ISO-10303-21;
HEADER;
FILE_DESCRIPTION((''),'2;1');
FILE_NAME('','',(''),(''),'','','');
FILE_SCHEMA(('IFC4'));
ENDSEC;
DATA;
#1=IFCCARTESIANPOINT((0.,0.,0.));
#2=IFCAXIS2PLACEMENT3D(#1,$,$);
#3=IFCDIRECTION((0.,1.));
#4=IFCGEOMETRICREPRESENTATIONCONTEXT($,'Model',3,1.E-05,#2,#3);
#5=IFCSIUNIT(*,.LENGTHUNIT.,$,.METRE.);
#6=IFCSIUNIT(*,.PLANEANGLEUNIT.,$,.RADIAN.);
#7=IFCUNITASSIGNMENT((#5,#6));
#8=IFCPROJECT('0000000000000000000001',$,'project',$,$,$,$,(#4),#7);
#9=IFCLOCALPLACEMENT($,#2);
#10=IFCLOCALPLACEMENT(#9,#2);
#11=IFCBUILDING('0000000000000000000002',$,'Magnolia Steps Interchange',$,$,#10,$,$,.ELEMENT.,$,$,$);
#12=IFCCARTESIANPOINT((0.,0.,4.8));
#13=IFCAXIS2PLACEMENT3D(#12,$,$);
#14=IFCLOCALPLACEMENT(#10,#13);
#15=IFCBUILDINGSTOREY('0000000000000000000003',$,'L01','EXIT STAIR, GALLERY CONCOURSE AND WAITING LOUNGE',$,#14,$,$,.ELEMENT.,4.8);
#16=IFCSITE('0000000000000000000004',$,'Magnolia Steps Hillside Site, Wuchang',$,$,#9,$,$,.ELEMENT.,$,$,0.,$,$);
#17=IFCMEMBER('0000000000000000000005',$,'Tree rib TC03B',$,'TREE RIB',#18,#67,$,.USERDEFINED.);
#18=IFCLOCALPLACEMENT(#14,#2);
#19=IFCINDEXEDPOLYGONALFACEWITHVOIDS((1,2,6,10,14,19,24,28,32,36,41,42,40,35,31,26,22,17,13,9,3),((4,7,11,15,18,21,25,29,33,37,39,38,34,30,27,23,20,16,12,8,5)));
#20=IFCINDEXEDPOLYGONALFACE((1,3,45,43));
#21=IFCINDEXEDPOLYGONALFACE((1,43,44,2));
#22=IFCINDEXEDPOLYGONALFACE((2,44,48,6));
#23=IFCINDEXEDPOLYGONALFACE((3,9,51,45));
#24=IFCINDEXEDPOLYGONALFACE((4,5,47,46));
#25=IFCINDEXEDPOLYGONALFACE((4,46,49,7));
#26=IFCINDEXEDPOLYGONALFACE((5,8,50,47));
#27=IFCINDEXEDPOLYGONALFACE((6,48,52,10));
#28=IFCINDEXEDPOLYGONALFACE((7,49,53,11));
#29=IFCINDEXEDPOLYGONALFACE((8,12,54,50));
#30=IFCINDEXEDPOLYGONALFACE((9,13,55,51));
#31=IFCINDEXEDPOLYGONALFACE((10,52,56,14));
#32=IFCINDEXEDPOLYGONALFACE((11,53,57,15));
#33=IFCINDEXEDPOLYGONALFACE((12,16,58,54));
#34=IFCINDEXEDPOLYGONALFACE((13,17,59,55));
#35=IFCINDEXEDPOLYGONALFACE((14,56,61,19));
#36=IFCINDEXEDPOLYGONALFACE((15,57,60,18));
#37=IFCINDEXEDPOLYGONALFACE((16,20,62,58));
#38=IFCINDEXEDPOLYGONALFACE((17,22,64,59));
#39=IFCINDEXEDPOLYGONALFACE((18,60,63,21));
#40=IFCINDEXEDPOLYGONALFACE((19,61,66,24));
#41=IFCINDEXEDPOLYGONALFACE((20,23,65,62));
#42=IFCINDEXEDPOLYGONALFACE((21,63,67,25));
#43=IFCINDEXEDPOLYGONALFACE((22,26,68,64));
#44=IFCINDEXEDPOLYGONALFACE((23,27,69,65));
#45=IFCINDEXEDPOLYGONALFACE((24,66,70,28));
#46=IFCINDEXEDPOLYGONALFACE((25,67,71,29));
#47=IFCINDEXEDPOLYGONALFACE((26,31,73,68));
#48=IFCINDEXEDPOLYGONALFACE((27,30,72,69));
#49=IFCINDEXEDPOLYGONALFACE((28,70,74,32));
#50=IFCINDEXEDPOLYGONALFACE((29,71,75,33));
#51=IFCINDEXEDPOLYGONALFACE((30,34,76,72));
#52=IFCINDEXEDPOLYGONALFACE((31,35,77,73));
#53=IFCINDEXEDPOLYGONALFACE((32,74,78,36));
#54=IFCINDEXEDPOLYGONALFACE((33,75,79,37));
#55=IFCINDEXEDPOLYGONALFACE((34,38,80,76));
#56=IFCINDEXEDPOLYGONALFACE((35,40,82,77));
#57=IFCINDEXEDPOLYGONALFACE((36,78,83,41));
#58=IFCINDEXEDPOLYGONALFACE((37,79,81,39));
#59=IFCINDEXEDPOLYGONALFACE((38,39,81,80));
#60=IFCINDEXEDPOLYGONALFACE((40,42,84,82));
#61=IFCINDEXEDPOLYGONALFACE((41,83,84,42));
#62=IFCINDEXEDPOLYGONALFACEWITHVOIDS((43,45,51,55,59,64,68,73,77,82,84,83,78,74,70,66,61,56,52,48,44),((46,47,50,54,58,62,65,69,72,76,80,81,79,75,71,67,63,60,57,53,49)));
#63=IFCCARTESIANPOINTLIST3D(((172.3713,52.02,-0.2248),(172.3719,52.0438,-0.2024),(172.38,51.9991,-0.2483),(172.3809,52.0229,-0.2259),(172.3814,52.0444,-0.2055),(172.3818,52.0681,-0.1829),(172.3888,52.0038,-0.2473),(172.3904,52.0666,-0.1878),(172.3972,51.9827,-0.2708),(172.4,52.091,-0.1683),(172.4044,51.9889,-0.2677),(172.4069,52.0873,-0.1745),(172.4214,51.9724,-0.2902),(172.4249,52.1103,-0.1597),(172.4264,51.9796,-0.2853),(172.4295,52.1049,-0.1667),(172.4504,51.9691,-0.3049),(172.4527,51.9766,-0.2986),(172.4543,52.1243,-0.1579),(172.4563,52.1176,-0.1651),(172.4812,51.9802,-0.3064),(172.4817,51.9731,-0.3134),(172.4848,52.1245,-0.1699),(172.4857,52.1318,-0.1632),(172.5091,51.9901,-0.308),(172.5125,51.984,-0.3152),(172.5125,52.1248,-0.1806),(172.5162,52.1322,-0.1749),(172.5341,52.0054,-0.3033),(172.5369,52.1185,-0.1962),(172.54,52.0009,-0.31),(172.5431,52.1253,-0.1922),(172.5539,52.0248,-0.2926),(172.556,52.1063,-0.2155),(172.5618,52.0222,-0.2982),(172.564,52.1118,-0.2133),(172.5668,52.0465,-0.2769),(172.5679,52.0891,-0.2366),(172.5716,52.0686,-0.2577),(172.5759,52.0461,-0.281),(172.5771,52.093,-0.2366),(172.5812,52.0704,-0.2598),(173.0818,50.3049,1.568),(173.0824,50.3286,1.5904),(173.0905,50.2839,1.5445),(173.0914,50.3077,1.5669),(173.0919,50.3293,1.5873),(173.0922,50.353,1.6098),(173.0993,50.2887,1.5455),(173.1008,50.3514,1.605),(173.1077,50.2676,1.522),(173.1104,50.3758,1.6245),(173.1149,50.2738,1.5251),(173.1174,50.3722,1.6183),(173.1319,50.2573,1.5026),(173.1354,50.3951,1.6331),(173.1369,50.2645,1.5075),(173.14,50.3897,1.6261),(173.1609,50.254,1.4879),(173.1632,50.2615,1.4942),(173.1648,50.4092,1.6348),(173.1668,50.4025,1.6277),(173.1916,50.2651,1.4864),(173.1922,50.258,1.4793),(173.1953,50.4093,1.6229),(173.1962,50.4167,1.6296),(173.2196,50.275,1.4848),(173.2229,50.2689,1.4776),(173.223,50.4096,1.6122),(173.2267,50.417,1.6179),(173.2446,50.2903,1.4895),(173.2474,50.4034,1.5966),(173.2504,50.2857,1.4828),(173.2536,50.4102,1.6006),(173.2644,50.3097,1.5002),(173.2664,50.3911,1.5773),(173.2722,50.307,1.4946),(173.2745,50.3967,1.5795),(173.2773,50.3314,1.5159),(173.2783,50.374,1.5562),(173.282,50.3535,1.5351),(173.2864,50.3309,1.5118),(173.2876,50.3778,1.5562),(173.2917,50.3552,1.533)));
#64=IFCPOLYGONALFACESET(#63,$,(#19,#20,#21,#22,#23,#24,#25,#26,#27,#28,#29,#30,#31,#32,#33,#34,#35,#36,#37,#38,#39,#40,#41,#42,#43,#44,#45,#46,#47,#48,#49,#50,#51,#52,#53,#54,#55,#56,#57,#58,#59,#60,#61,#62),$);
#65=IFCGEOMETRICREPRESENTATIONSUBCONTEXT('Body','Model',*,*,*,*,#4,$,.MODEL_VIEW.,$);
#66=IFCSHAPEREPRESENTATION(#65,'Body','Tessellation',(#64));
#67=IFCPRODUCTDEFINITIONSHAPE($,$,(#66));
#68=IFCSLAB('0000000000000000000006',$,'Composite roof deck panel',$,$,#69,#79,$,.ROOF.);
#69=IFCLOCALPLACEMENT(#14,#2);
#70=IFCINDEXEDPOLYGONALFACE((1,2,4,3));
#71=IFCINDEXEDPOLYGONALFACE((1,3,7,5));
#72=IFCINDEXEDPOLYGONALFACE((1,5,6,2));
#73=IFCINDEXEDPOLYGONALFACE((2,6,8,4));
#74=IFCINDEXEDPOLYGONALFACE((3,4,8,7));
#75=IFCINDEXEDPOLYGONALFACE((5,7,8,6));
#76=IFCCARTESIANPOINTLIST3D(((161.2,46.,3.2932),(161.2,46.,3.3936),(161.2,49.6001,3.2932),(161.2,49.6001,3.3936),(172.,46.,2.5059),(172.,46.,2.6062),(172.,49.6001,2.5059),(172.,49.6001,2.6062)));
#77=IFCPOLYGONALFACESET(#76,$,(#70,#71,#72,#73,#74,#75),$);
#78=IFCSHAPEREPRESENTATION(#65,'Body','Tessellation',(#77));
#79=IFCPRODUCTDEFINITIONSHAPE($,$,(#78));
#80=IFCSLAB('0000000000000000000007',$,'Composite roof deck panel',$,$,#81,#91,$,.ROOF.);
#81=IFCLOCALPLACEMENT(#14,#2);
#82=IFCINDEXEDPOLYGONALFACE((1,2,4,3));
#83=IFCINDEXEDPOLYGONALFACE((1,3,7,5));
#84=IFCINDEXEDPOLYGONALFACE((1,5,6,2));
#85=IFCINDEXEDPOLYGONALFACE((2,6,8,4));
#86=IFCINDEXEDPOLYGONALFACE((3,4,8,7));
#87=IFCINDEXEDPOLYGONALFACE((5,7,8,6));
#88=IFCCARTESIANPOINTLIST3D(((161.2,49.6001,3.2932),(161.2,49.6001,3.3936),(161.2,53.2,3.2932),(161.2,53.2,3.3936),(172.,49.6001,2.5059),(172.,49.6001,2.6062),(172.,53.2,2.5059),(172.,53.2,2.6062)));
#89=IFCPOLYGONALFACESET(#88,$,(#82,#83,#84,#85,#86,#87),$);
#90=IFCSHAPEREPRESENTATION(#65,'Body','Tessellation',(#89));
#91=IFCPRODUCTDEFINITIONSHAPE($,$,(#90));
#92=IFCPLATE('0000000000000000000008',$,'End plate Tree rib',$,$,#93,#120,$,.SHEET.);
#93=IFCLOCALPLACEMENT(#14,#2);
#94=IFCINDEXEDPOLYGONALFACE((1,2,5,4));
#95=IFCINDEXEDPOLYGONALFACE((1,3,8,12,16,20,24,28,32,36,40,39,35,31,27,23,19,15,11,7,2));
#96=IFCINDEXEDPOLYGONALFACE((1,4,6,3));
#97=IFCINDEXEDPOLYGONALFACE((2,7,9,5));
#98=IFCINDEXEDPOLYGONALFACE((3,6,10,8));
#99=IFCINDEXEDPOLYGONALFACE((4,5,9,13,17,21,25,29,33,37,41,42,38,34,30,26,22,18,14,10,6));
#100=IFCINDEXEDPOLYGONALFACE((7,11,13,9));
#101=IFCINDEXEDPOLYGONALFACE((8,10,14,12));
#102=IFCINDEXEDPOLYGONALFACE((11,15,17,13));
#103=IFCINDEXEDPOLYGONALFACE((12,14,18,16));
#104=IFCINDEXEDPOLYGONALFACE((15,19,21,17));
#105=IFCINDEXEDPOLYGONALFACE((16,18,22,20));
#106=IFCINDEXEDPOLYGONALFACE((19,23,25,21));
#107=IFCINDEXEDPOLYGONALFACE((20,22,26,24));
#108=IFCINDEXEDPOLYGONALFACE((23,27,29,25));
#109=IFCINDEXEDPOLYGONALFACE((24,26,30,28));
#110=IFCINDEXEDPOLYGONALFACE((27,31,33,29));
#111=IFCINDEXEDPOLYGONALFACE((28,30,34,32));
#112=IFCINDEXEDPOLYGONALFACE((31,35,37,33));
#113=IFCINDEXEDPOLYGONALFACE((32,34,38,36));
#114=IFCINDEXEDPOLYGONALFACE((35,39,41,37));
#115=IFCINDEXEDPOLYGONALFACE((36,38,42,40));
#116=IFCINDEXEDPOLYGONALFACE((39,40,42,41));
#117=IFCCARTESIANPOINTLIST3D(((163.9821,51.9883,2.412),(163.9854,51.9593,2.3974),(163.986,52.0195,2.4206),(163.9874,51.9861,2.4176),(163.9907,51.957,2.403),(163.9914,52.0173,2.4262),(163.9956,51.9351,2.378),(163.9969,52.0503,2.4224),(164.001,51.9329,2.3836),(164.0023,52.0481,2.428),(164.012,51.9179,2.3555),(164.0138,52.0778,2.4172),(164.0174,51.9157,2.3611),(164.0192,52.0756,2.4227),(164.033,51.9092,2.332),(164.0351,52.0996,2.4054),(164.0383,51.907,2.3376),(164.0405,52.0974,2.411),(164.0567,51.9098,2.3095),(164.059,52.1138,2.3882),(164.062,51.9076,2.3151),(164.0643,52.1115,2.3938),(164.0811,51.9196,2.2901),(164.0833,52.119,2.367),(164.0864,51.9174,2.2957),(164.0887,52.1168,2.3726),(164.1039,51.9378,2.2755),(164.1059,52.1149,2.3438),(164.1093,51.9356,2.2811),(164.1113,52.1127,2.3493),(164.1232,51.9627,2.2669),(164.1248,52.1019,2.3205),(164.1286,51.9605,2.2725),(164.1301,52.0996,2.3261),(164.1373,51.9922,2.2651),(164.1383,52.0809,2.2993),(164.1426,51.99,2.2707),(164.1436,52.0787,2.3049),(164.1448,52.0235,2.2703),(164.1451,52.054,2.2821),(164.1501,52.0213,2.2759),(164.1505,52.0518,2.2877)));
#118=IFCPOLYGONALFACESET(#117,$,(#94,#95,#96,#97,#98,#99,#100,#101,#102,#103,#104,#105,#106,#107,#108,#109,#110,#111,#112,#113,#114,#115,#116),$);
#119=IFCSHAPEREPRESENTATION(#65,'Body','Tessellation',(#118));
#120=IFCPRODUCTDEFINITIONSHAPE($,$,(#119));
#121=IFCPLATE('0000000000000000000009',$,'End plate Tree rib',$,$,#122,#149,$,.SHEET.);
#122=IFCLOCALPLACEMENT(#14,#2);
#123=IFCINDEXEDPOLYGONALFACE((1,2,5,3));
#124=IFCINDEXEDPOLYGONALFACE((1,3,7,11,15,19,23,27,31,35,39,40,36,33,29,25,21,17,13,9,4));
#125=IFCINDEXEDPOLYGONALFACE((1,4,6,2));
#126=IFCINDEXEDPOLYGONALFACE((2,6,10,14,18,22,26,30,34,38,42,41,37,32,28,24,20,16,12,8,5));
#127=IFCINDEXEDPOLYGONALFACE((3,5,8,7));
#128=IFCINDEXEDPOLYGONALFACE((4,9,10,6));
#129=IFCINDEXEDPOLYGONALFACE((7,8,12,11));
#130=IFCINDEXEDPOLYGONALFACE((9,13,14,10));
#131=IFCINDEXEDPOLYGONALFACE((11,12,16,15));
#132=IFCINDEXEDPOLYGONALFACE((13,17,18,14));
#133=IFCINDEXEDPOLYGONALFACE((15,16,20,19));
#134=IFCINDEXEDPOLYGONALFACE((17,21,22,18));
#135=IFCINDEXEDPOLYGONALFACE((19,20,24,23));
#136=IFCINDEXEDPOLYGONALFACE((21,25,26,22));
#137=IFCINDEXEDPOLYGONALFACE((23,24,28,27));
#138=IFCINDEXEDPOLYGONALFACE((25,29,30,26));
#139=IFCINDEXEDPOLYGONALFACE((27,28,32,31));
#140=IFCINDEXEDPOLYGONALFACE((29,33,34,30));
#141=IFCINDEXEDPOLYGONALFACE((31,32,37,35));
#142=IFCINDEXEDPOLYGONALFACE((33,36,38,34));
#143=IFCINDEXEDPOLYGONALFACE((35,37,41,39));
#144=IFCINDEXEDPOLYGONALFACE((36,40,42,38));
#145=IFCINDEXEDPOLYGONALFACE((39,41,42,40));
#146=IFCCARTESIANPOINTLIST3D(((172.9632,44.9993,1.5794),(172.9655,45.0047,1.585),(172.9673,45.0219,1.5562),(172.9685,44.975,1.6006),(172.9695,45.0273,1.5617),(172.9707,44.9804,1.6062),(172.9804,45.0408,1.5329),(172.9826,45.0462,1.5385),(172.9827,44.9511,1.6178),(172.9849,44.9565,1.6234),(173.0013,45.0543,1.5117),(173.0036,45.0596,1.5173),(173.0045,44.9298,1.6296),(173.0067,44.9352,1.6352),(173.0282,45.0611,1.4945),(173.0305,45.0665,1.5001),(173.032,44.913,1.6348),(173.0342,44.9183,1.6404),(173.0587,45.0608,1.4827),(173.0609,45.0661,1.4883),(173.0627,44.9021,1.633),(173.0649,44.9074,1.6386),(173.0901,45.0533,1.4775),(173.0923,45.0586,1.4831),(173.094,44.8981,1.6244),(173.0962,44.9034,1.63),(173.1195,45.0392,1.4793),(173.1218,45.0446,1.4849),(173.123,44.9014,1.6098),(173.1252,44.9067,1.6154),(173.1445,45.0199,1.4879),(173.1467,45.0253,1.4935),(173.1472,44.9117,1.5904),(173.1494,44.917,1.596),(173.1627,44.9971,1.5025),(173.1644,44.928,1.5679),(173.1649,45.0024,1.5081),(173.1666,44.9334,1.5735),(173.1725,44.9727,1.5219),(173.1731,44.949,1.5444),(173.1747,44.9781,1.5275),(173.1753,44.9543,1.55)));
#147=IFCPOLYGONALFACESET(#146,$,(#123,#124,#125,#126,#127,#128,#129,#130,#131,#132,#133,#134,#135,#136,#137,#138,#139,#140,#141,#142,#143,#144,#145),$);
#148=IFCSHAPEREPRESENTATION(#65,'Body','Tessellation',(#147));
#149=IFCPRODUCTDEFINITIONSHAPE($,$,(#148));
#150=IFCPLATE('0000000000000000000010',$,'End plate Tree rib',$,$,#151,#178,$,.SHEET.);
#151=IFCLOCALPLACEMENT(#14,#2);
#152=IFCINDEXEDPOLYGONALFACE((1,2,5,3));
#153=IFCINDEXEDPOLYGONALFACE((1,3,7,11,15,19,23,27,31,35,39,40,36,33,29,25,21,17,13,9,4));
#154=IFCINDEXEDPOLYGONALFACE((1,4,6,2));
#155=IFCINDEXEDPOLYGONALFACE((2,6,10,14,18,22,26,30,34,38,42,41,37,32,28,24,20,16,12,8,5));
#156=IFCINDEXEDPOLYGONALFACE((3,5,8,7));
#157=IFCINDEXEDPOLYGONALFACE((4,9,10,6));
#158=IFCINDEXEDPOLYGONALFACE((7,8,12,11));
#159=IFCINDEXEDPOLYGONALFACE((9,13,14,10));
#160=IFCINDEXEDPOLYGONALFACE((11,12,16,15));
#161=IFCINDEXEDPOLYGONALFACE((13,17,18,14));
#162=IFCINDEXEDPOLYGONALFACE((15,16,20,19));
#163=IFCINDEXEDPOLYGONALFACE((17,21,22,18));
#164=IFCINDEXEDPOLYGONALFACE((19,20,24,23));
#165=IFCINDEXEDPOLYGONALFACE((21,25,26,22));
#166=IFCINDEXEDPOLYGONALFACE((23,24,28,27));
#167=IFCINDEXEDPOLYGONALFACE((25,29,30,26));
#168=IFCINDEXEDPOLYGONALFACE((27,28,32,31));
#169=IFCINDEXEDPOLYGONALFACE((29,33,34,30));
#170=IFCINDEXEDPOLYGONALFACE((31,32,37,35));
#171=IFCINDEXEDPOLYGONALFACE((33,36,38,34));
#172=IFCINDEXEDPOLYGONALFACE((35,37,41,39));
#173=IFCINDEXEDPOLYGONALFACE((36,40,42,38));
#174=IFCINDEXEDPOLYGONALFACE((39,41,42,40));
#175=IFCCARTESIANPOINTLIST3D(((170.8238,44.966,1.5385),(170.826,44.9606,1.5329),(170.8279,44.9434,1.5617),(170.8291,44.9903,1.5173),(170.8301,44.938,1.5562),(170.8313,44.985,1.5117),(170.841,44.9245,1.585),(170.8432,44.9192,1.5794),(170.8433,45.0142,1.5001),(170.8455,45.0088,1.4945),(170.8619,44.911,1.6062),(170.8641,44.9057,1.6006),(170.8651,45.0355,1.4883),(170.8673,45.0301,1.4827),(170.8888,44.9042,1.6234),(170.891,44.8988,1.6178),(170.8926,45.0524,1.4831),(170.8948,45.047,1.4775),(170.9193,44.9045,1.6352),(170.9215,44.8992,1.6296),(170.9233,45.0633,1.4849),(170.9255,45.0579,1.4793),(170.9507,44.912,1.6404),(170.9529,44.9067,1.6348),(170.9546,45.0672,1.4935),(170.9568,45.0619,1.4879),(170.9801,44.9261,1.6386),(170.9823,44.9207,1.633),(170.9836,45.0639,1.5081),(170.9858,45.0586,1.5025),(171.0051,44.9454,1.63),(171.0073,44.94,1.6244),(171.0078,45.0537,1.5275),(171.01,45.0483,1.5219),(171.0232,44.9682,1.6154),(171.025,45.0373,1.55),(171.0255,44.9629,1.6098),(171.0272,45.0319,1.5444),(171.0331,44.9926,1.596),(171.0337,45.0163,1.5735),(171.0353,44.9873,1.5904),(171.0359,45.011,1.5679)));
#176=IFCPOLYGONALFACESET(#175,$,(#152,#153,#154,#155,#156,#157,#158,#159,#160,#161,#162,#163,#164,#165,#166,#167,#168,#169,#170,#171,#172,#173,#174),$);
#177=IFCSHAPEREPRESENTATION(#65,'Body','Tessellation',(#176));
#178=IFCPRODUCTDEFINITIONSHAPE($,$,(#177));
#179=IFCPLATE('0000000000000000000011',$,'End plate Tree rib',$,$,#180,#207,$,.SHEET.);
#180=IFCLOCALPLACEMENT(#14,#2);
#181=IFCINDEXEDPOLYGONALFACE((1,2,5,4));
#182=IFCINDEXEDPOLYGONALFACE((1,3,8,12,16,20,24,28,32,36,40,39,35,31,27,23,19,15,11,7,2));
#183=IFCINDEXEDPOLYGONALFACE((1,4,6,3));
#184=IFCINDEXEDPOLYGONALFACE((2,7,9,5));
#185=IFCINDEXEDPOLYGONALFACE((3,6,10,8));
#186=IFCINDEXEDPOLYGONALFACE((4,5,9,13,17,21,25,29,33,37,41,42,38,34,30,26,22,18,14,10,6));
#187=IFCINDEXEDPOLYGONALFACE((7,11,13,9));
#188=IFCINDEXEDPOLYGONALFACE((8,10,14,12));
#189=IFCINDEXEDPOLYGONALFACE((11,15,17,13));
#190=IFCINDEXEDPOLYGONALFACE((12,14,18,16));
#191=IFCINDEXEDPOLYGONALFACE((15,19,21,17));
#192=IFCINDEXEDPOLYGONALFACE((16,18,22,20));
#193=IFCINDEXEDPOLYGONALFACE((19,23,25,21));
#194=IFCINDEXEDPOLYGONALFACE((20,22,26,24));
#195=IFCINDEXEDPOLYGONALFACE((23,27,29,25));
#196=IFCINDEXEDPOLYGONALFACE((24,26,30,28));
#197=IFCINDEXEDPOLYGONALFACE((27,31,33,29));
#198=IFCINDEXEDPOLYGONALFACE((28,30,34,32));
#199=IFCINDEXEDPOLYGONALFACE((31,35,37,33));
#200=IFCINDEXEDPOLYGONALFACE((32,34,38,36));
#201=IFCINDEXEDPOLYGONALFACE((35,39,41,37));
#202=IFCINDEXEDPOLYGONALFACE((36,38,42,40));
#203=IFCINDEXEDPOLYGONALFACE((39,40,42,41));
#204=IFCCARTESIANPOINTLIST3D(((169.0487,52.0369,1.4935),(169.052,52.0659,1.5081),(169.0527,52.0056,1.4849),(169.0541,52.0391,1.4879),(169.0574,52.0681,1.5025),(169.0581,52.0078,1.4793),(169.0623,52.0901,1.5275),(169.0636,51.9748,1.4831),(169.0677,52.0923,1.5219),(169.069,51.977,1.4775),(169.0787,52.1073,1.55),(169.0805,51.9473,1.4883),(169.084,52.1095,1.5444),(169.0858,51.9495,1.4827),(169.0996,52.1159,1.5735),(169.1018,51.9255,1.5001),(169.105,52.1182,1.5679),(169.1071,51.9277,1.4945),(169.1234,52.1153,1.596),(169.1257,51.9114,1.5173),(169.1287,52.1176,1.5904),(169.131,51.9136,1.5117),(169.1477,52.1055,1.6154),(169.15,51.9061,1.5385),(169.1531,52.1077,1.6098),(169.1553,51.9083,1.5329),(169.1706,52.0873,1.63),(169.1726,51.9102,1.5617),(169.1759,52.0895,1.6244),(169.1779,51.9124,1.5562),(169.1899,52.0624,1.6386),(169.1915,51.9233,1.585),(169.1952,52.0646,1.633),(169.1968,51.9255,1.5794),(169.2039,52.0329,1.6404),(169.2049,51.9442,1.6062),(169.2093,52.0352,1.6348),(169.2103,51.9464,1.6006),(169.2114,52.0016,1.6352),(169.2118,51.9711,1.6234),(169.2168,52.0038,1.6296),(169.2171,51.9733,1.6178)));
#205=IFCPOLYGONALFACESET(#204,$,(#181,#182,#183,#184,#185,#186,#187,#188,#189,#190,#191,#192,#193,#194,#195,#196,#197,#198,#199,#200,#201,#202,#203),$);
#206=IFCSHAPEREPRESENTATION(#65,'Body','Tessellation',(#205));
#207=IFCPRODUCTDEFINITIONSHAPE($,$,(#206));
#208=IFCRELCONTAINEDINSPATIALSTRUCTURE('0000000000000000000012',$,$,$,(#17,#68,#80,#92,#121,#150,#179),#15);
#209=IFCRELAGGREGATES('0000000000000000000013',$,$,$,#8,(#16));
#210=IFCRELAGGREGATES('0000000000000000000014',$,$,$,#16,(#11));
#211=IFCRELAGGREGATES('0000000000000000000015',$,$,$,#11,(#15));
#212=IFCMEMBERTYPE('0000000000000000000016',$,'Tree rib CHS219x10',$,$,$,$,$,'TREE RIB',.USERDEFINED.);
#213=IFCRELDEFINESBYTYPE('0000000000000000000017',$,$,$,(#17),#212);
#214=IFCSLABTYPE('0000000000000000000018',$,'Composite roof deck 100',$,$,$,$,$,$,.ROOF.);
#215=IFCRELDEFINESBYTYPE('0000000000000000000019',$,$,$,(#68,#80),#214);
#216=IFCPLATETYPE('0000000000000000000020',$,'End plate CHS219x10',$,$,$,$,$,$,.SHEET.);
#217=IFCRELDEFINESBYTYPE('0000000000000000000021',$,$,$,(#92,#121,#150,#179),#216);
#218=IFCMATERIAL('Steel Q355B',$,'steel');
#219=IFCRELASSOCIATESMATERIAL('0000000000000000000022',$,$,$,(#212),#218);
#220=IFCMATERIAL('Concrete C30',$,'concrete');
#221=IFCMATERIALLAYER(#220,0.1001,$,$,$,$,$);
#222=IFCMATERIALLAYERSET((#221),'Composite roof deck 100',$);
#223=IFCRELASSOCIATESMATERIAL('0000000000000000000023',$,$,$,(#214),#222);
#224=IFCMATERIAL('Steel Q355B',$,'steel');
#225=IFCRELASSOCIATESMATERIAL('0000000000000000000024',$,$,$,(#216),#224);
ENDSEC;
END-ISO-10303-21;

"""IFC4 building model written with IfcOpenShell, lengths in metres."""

from ifc_helpers import new_model, si_unit, direction, frame, origin, origin_2d, place, context, subcontext, project, spatial, polyline, circle, hollow_circle, outline, extrude, material, layer, layer_set, material_profile, profile_set, type_object, element, save


model = new_model("IFC4")

# Units and contexts
model_context = context("Model", 3, precision=1e-05, world=origin(), true_north=direction((0.0, 1.0)))
body_context = subcontext(model_context, "Body", "Model", "MODEL_VIEW")
ifc_project = project(units=[si_unit("LENGTHUNIT", "METRE"), si_unit("PLANEANGLEUNIT", "RADIAN")], contexts=[model_context])

# Site, building, storey
site_placement = place(None, origin())
site = spatial("IfcSite", under=ifc_project, at=site_placement, Name="Magnolia Steps Hillside Site, Wuchang", CompositionType="ELEMENT", RefElevation=0.0)
building_placement = place(site_placement, origin())
building = spatial("IfcBuilding", under=site, at=building_placement, Name="Magnolia Steps Interchange", CompositionType="ELEMENT")
storey_placement = place(building_placement, frame((0.0, 0.0, 4.8)))
storey = spatial("IfcBuildingStorey", under=building, at=storey_placement, Name="L01", Description="EXIT STAIR, GALLERY CONCOURSE AND WAITING LOUNGE", CompositionType="ELEMENT", Elevation=4.8)

# Member
ifc_material_1 = material(Name="Steel Q355B", Category="steel")
ifc_material_profile_1 = material_profile(ifc_material_1, hollow_circle(Radius=0.1096, WallThickness=0.01, at=origin_2d()), Name="CHS219x10")
ifc_profile_set_1 = profile_set([ifc_material_profile_1], Name="Steel Q355B")
member_type = type_object("IfcMemberType", Name="Tree rib CHS219x10", ElementType="TREE RIB", PredefinedType="USERDEFINED", material=ifc_profile_set_1)
for number, where, z_axis, x_axis, name in (
    (1, (172.4758, 52.051, -0.2366), (0.275291, -0.664577, 0.69466), (0.923873, 0.3827, 0.0), "Tree rib TC03B"),
):
    element("IfcMember", number, at=place(storey_placement, frame(where, z_axis=z_axis, x_axis=x_axis)), inside=storey, type_object=member_type, Name=name, ObjectType="TREE RIB", PredefinedType="USERDEFINED", context=body_context, shape_type="SweptSolid", body=[
        extrude(hollow_circle(Radius=0.1096, WallThickness=0.01, at=origin_2d()), origin(), (0.0, 0.0, 1.0), 2.5808),
    ])

# Slabs
ifc_material_2 = material(Name="Concrete C30", Category="concrete")
ifc_layer = layer(ifc_material_2, 0.1001)
ifc_layer_set = layer_set([ifc_layer], Name="Composite roof deck 100")
slab_type = type_object("IfcSlabType", Name="Composite roof deck 100", PredefinedType="ROOF", material=ifc_layer_set)
slab_1_placement = place(storey_placement, frame((172.0, 46.0, 2.6062), z_axis=(0.07271, 0.0, 0.997353), x_axis=(0.0, 1.0, 0.0)))
element("IfcSlab", 2, at=slab_1_placement, inside=storey, type_object=slab_type, Name="Composite roof deck panel", PredefinedType="ROOF", context=body_context, shape_type="SweptSolid", body=[
    extrude(outline(polyline([(0.0, 0.0), (3.6001, 0.0), (3.6001, 10.8287), (0.0, 10.8287), (0.0, 0.0)])), origin(), (0.0, -0.07271, -0.997353), 0.1003),
])
slab_2_placement = place(storey_placement, frame((172.0, 49.6001, 2.6062), z_axis=(0.07271, 0.0, 0.997353), x_axis=(0.0, 1.0, 0.0)))
element("IfcSlab", 3, at=slab_2_placement, inside=storey, type_object=slab_type, Name="Composite roof deck panel", PredefinedType="ROOF", context=body_context, shape_type="SweptSolid", body=[
    extrude(outline(polyline([(0.0, 0.0), (3.5999, 0.0), (3.5999, 10.8287), (0.0, 10.8287), (0.0, 0.0)])), origin(), (0.0, -0.07271, -0.997353), 0.1003),
])

# Plates
ifc_material_3 = material(Name="Steel Q355B", Category="steel")
ifc_material_profile_2 = material_profile(ifc_material_3, circle(Radius=0.1096, at=origin_2d()), Name="End plate CHS219x10")
ifc_profile_set_2 = profile_set([ifc_material_profile_2], Name="Steel Q355B")
plate_type = type_object("IfcPlateType", Name="End plate CHS219x10", PredefinedType="SHEET", material=ifc_profile_set_2)
for number, where, z_axis, x_axis, name in (
    (4, (164.064, 52.0137, 2.3438), (0.664583, -0.275279, 0.694658), (0.382683, 0.92388, 0.0), "End plate Tree rib"),
    (5, (173.0686, 44.98, 1.5562), (0.275279, 0.664583, 0.694658), (-0.92388, 0.382683, 0.0), "End plate Tree rib"),
    (6, (170.9314, 44.98, 1.5562), (-0.275279, 0.664583, 0.694658), (-0.92388, -0.382683, 0.0), "End plate Tree rib"),
    (7, (169.136, 52.0137, 1.5562), (-0.664583, -0.275279, 0.694658), (0.382683, -0.92388, 0.0), "End plate Tree rib"),
):
    element("IfcPlate", number, at=place(storey_placement, frame(where, z_axis=z_axis, x_axis=x_axis)), inside=storey, type_object=plate_type, Name=name, PredefinedType="SHEET", context=body_context, shape_type="SweptSolid", body=[
        extrude(circle(Radius=0.1096, at=origin_2d()), origin(), (0.0, 0.0, 1.0), 0.0081),
    ])

save(model, "model.ifc")
